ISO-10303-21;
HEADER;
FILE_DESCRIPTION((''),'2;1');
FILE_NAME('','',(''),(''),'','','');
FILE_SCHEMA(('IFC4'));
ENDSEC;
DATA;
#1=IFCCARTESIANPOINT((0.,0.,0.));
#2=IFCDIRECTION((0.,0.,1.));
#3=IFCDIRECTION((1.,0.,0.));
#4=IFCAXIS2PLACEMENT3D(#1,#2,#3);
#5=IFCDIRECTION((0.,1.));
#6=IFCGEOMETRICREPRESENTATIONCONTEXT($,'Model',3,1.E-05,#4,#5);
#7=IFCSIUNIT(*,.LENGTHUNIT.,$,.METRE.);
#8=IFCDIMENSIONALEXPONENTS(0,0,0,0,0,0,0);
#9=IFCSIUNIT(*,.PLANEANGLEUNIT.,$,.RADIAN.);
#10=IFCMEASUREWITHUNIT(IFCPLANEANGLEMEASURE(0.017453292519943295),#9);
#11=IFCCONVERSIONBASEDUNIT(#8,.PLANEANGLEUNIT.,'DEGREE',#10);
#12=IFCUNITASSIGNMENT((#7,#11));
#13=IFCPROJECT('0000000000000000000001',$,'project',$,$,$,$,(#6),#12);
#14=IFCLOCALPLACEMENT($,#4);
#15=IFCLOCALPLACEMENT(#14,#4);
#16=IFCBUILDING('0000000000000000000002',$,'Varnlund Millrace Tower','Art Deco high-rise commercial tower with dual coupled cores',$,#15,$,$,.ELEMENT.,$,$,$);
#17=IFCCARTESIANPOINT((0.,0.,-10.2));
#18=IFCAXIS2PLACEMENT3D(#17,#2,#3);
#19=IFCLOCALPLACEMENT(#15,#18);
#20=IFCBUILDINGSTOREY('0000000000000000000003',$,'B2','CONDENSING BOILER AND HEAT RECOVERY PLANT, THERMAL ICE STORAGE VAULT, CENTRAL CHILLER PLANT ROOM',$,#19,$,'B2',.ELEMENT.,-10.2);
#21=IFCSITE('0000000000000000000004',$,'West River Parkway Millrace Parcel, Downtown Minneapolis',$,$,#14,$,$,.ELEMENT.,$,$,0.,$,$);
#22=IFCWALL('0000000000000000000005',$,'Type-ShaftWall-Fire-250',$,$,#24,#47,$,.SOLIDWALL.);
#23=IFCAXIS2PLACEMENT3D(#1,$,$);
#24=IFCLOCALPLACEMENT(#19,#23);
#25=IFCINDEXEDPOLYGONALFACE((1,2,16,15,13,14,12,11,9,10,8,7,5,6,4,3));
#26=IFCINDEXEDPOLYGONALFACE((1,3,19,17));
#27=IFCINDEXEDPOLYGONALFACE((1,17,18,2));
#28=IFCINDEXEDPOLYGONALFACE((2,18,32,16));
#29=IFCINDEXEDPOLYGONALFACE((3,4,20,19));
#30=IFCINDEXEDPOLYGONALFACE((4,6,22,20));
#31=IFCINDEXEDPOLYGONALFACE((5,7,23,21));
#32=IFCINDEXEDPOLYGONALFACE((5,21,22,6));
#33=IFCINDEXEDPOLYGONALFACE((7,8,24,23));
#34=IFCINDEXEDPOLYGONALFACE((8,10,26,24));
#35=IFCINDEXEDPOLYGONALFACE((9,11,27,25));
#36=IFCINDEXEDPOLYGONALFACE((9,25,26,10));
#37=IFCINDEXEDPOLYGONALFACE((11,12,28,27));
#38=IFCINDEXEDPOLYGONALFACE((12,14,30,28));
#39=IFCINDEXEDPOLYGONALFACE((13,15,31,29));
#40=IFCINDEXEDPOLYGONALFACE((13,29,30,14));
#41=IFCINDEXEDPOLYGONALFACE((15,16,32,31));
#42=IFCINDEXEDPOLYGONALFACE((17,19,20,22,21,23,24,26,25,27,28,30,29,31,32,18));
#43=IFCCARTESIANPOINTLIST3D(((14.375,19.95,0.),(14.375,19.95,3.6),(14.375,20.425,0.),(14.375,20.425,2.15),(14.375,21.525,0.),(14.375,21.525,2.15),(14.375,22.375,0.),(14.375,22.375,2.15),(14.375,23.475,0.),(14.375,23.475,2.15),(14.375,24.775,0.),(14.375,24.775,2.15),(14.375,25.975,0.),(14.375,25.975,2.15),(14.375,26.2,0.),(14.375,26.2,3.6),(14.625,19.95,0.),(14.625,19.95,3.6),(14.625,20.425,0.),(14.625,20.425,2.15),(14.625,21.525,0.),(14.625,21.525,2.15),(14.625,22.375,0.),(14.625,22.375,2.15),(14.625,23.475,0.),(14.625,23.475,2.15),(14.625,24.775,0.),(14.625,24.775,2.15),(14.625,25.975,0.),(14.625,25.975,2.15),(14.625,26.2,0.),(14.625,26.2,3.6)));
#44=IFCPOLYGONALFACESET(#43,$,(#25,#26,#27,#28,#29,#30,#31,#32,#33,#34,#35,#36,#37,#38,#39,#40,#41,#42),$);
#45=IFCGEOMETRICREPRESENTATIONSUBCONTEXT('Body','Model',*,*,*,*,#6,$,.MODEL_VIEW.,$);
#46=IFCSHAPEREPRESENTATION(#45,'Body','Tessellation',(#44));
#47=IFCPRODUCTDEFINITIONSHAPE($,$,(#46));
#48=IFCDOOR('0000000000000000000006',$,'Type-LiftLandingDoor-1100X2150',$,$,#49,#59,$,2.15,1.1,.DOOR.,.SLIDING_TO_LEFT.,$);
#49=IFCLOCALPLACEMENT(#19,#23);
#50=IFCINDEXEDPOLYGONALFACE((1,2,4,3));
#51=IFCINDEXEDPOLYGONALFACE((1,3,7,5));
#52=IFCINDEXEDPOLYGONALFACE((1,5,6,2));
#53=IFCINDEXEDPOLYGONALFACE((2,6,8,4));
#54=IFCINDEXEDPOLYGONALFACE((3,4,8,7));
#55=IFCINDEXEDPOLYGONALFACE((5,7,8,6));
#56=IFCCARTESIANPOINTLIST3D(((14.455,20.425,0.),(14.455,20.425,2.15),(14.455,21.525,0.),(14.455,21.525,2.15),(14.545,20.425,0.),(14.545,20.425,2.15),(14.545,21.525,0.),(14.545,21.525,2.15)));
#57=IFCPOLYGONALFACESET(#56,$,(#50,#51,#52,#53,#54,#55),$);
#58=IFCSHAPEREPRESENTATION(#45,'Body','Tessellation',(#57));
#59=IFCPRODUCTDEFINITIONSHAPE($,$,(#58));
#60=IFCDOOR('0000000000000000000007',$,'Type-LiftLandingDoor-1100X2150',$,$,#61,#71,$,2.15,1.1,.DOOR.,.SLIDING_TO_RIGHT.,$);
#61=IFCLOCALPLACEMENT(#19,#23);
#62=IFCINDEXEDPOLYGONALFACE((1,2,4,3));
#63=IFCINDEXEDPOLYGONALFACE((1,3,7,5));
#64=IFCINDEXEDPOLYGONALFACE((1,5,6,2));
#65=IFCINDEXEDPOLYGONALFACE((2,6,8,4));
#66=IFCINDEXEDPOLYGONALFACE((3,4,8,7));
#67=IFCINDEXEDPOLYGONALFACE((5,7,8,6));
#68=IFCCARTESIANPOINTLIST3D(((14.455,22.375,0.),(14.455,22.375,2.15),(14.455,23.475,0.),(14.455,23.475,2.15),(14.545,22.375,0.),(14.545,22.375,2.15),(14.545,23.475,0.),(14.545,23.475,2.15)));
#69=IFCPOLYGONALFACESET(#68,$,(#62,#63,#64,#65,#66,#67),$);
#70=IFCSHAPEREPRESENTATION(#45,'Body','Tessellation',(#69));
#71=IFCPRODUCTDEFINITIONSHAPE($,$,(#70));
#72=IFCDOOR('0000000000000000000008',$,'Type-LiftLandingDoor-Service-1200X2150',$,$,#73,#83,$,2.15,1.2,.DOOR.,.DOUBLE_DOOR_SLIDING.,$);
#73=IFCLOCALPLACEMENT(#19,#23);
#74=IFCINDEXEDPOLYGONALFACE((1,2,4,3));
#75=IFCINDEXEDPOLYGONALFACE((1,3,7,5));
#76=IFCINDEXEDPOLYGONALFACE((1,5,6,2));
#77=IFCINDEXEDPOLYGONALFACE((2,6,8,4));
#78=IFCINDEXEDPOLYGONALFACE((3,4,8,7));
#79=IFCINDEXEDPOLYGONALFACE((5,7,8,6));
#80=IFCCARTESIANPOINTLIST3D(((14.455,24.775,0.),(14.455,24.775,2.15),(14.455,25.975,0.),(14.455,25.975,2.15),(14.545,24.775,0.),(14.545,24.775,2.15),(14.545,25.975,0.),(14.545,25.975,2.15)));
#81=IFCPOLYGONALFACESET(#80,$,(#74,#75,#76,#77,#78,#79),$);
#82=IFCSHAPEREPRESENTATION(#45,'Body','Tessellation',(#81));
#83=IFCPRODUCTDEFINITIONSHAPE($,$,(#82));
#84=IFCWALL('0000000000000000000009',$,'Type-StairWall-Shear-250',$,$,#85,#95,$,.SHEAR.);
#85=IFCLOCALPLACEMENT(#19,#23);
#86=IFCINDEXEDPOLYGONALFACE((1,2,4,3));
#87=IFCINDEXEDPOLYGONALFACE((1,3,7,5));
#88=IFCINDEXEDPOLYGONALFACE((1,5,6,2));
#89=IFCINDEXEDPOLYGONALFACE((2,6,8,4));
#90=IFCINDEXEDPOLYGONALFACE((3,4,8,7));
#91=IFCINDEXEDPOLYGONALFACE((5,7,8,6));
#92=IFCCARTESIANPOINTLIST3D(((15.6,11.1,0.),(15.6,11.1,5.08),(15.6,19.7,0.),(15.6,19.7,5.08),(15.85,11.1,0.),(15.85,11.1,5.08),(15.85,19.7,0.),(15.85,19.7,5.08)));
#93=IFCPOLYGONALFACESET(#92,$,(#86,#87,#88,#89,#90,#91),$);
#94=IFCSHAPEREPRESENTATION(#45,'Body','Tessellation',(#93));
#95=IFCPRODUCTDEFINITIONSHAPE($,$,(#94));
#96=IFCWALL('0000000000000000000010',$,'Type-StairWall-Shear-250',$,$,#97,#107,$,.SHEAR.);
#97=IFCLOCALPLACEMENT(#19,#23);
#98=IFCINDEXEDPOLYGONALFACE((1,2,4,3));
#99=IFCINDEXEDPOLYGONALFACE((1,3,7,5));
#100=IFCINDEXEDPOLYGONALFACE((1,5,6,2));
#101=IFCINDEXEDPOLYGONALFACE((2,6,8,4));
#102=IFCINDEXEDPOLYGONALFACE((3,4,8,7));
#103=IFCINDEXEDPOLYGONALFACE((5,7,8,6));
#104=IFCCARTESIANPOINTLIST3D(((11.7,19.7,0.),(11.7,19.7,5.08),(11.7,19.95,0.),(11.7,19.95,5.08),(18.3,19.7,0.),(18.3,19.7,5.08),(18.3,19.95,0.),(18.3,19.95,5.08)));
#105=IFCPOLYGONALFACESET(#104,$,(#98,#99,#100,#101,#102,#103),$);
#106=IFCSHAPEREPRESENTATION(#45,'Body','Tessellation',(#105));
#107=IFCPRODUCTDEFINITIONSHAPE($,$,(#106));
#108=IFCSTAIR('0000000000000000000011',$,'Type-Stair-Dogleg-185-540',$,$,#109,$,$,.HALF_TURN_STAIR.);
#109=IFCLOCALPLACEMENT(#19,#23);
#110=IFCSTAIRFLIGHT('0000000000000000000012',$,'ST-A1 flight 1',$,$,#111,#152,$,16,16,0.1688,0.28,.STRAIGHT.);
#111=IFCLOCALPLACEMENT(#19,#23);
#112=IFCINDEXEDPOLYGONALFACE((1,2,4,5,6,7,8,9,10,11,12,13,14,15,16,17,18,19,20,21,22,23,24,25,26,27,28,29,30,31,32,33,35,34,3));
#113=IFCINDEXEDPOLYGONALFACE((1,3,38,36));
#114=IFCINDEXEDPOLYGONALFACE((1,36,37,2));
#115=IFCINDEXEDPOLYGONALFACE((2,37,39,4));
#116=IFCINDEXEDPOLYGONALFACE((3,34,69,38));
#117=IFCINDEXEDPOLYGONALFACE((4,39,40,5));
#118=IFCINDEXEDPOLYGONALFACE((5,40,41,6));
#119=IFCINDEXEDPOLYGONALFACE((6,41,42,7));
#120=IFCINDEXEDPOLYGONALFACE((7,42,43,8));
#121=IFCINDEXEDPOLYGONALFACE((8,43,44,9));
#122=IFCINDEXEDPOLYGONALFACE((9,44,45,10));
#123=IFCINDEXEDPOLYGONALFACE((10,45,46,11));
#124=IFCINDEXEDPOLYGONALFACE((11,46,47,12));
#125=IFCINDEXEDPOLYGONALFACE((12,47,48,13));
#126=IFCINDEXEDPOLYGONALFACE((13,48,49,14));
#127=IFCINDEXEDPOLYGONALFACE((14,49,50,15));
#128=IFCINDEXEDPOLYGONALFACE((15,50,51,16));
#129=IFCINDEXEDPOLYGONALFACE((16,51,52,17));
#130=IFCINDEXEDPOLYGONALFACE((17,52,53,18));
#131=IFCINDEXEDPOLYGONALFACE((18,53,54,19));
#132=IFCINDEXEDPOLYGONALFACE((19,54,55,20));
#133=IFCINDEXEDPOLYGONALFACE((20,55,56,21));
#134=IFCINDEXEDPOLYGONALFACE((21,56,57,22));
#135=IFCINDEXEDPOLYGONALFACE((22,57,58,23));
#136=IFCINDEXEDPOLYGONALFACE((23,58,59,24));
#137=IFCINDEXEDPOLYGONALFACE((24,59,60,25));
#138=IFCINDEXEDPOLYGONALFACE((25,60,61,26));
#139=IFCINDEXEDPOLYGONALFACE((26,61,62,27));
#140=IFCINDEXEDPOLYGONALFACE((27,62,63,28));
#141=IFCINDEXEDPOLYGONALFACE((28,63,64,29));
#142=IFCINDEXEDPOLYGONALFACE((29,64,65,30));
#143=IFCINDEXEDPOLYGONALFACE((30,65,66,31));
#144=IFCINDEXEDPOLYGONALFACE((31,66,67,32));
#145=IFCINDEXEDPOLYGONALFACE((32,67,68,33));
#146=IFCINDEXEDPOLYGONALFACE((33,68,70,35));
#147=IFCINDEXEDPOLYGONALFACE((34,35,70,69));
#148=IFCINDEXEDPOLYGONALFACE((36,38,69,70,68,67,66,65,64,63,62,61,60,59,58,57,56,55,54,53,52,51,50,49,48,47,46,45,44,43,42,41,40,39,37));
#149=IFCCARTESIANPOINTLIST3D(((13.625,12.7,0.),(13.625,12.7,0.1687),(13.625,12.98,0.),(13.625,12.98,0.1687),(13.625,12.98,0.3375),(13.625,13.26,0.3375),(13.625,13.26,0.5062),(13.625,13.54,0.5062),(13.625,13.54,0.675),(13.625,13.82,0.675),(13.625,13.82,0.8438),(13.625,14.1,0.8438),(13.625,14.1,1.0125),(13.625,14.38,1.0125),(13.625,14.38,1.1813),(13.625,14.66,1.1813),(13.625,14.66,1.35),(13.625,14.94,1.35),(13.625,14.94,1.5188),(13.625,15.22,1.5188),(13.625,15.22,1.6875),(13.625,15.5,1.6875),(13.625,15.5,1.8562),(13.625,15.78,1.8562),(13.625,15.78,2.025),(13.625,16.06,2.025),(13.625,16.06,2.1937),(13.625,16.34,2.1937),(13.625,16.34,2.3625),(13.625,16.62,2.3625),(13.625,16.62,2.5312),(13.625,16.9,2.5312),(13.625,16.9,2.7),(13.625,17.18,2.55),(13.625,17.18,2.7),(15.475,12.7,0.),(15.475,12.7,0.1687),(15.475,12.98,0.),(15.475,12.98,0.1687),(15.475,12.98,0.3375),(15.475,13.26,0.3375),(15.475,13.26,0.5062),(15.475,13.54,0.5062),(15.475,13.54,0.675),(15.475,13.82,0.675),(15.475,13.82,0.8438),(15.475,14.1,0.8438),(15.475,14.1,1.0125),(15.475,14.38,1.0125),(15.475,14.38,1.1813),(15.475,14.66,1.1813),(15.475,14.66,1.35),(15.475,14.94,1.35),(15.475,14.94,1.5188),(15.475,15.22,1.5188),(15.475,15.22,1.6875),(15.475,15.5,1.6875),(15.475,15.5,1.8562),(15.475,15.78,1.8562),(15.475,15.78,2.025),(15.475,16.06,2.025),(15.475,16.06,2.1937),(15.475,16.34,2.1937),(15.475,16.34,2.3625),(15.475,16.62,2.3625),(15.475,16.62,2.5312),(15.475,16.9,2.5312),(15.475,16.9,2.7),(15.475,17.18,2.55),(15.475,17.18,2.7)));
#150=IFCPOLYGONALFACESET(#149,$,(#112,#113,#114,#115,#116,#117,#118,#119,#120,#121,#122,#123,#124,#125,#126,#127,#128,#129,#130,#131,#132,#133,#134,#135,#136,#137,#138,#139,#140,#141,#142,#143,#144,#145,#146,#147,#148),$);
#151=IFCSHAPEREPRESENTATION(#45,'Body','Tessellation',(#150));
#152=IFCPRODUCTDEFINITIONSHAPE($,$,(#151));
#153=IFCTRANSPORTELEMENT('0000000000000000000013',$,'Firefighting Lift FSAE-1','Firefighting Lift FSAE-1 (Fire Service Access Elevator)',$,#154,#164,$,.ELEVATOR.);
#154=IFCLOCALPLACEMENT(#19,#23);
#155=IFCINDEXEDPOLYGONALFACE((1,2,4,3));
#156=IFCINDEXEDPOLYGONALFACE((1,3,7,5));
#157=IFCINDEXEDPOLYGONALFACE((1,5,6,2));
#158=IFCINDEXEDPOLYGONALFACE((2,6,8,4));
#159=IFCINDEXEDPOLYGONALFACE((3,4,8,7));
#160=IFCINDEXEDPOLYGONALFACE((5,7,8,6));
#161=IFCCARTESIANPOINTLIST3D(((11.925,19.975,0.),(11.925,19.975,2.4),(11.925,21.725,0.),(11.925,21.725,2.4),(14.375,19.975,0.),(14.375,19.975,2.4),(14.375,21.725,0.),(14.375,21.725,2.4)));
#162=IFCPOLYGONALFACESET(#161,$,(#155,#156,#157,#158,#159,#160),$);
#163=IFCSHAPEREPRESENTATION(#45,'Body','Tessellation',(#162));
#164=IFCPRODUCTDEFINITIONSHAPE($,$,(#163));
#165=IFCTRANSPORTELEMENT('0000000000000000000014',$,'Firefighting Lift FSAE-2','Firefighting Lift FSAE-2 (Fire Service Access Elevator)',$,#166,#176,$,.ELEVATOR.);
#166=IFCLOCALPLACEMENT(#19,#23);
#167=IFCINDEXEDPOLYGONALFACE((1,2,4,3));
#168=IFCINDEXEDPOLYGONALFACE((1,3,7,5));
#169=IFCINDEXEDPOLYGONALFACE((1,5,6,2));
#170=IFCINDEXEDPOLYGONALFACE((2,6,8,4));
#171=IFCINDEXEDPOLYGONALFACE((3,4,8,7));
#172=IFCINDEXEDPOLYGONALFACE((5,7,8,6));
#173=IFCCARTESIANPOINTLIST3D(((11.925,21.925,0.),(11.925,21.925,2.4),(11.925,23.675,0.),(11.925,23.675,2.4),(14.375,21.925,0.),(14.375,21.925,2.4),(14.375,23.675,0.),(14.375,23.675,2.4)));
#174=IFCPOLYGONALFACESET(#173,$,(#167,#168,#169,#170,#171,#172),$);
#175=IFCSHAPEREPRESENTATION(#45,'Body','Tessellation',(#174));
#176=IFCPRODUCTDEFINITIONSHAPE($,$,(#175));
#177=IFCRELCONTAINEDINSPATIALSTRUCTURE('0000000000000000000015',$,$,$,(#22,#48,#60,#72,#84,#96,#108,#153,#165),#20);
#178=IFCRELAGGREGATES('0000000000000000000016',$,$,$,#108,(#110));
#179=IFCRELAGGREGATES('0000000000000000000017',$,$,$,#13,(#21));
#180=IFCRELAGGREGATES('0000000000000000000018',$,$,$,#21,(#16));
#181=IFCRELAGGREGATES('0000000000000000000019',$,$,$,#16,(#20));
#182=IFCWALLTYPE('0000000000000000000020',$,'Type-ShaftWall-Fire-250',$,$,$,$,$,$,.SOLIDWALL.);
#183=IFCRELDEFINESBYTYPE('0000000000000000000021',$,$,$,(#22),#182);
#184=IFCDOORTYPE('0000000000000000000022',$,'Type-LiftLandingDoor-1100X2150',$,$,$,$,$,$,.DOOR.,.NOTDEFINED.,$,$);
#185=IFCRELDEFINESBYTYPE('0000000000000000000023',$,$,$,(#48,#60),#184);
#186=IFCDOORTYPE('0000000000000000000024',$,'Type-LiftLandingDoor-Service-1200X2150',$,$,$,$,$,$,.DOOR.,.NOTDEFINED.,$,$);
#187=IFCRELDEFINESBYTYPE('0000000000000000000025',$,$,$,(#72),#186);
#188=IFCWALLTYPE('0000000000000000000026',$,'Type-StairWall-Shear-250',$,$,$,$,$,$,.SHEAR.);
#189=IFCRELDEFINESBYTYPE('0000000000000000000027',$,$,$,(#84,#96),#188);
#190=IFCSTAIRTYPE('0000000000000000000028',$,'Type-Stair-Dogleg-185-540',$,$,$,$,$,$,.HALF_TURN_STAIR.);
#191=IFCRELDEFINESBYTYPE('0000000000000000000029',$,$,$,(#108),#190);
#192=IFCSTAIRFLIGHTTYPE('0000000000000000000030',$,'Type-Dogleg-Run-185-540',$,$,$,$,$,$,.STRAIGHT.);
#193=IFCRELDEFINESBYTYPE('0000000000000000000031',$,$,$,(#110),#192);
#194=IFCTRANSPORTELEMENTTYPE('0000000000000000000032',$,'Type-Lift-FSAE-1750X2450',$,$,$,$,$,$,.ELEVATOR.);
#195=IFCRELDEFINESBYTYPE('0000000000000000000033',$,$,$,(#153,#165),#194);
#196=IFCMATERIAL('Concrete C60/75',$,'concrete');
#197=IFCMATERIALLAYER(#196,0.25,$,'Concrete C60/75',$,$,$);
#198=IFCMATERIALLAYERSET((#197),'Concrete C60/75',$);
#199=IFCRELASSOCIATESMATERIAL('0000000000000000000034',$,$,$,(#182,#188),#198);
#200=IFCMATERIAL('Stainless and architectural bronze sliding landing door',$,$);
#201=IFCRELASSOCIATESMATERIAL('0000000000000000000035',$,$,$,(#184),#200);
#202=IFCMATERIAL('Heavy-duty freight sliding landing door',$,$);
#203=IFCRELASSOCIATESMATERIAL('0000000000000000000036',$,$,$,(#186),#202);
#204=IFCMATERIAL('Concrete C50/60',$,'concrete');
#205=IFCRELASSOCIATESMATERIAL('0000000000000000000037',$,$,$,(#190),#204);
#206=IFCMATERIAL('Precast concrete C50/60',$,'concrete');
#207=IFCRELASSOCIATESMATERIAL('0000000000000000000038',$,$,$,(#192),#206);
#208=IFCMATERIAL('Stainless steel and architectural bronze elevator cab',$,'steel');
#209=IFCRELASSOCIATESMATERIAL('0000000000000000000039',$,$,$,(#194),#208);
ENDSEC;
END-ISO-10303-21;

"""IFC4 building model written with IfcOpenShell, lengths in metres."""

from ifc_helpers import new_model, entity, si_unit, converted_unit, direction, frame, origin_with_axes, origin_2d_with_axis, place, context, subcontext, project, spatial, polyline, rectangle, outline, extrude, material, layer, layer_set, type_object, element, fill, aggregate, save


model = new_model("IFC4")

# Units and contexts
model_context = context("Model", 3, precision=1e-05, world=origin_with_axes(), true_north=direction((0.0, 1.0)))
body_context = subcontext(model_context, "Body", "Model", "MODEL_VIEW")
ifc_project = project(units=[si_unit("LENGTHUNIT", "METRE"), converted_unit("PLANEANGLEUNIT", "DEGREE", entity("IfcPlaneAngleMeasure", 0.017453292519943295), si_unit("PLANEANGLEUNIT", "RADIAN"), dimensions=[0, 0, 0, 0, 0, 0, 0])], contexts=[model_context])

# Site, building, storey
site_placement = place(None, origin_with_axes())
site = spatial("IfcSite", under=ifc_project, at=site_placement, Name="West River Parkway Millrace Parcel, Downtown Minneapolis", CompositionType="ELEMENT", RefElevation=0.0)
building_placement = place(site_placement, origin_with_axes())
building = spatial("IfcBuilding", under=site, at=building_placement, Name="Varnlund Millrace Tower", Description="Art Deco high-rise commercial tower with dual coupled cores", CompositionType="ELEMENT")
storey_placement = place(building_placement, frame((0.0, 0.0, -10.2), z_axis=(0.0, 0.0, 1.0), x_axis=(1.0, 0.0, 0.0)))
storey = spatial("IfcBuildingStorey", under=building, at=storey_placement, Name="B2", Description="CONDENSING BOILER AND HEAT RECOVERY PLANT, THERMAL ICE STORAGE VAULT, CENTRAL CHILLER PLANT ROOM", LongName="B2", CompositionType="ELEMENT", Elevation=-10.2)

# Wall, openings, doors
ifc_material_1 = material(Name="Concrete C60/75", Category="concrete")
ifc_layer_1 = layer(ifc_material_1, 0.25, Name="Concrete C60/75")
ifc_layer_set_1 = layer_set([ifc_layer_1], Name="Concrete C60/75")
wall_type_1 = type_object("IfcWallType", Name="Type-ShaftWall-Fire-250", PredefinedType="SOLIDWALL", material=ifc_layer_set_1)
wall_1_placement = place(storey_placement, frame((14.5, 19.95, 0.0), z_axis=(0.0, 0.0, 1.0), x_axis=(0.0, 1.0, 0.0)))
wall_1 = element("IfcWall", 1, at=wall_1_placement, inside=storey, type_object=wall_type_1, Name="Type-ShaftWall-Fire-250", PredefinedType="SOLIDWALL", context=body_context, shape_type="SweptSolid", body=[
    extrude(outline(polyline([(0.0, -0.125), (6.25, -0.125), (6.25, 0.125), (0.0, 0.125), (0.0, -0.125)])), origin_with_axes(), (0.0, 0.0, 1.0), 3.6),
])
opening_1_placement = place(wall_1_placement, frame((1.025, 0.0, 0.0), z_axis=(0.0, 0.0, 1.0), x_axis=(1.0, 0.0, 0.0)))
opening_1 = element("IfcOpeningElement", 2, at=opening_1_placement, cuts=wall_1, PredefinedType="OPENING", context=body_context, shape_type="SweptSolid", body=[
    extrude(rectangle(XDim=1.1, YDim=0.27, at=origin_2d_with_axis()), origin_with_axes(), (0.0, 0.0, 1.0), 2.15),
])
opening_2_placement = place(wall_1_placement, frame((2.975, 0.0, 0.0), z_axis=(0.0, 0.0, 1.0), x_axis=(1.0, 0.0, 0.0)))
opening_2 = element("IfcOpeningElement", 3, at=opening_2_placement, cuts=wall_1, PredefinedType="OPENING", context=body_context, shape_type="SweptSolid", body=[
    extrude(rectangle(XDim=1.1, YDim=0.27, at=origin_2d_with_axis()), origin_with_axes(), (0.0, 0.0, 1.0), 2.15),
])
opening_3_placement = place(wall_1_placement, frame((5.425, 0.0, 0.0), z_axis=(0.0, 0.0, 1.0), x_axis=(1.0, 0.0, 0.0)))
opening_3 = element("IfcOpeningElement", 4, at=opening_3_placement, cuts=wall_1, PredefinedType="OPENING", context=body_context, shape_type="SweptSolid", body=[
    extrude(rectangle(XDim=1.2, YDim=0.27, at=origin_2d_with_axis()), origin_with_axes(), (0.0, 0.0, 1.0), 2.15),
])
ifc_material_2 = material(Name="Stainless and architectural bronze sliding landing door")
door_type_1 = type_object("IfcDoorType", Name="Type-LiftLandingDoor-1100X2150", OperationType="NOTDEFINED", PredefinedType="DOOR", material=ifc_material_2)
door_1_placement = place(wall_1_placement, frame((1.025, 0.0, 0.0), z_axis=(0.0, 0.0, 1.0), x_axis=(1.0, 0.0, 0.0)))
door_1 = element("IfcDoor", 5, at=door_1_placement, inside=storey, type_object=door_type_1, Name="Type-LiftLandingDoor-1100X2150", OperationType="SLIDING_TO_LEFT", OverallHeight=2.15, OverallWidth=1.1, PredefinedType="DOOR", context=body_context, shape_type="SweptSolid", body=[
    extrude(rectangle(XDim=1.1, YDim=0.09, at=origin_2d_with_axis()), origin_with_axes(), (0.0, 0.0, 1.0), 2.15),
])
fill(opening_1, door_1)
door_2_placement = place(wall_1_placement, frame((2.975, 0.0, 0.0), z_axis=(0.0, 0.0, 1.0), x_axis=(1.0, 0.0, 0.0)))
door_2 = element("IfcDoor", 6, at=door_2_placement, inside=storey, type_object=door_type_1, Name="Type-LiftLandingDoor-1100X2150", OperationType="SLIDING_TO_RIGHT", OverallHeight=2.15, OverallWidth=1.1, PredefinedType="DOOR", context=body_context, shape_type="SweptSolid", body=[
    extrude(rectangle(XDim=1.1, YDim=0.09, at=origin_2d_with_axis()), origin_with_axes(), (0.0, 0.0, 1.0), 2.15),
])
fill(opening_2, door_2)
ifc_material_3 = material(Name="Heavy-duty freight sliding landing door")
door_type_2 = type_object("IfcDoorType", Name="Type-LiftLandingDoor-Service-1200X2150", OperationType="NOTDEFINED", PredefinedType="DOOR", material=ifc_material_3)
door_3_placement = place(wall_1_placement, frame((5.425, 0.0, 0.0), z_axis=(0.0, 0.0, 1.0), x_axis=(1.0, 0.0, 0.0)))
door_3 = element("IfcDoor", 7, at=door_3_placement, inside=storey, type_object=door_type_2, Name="Type-LiftLandingDoor-Service-1200X2150", OperationType="DOUBLE_DOOR_SLIDING", OverallHeight=2.15, OverallWidth=1.2, PredefinedType="DOOR", context=body_context, shape_type="SweptSolid", body=[
    extrude(rectangle(XDim=1.2, YDim=0.09, at=origin_2d_with_axis()), origin_with_axes(), (0.0, 0.0, 1.0), 2.15),
])
fill(opening_3, door_3)

# Walls
wall_type_2 = type_object("IfcWallType", Name="Type-StairWall-Shear-250", PredefinedType="SHEAR", material=ifc_layer_set_1)
wall_2_placement = place(storey_placement, frame((15.725, 11.1, 0.0), z_axis=(0.0, 0.0, 1.0), x_axis=(0.0, 1.0, 0.0)))
element("IfcWall", 8, at=wall_2_placement, inside=storey, type_object=wall_type_2, Name="Type-StairWall-Shear-250", PredefinedType="SHEAR", context=body_context, shape_type="SweptSolid", body=[
    extrude(outline(polyline([(0.0, -0.125), (8.6, -0.125), (8.6, 0.125), (0.0, 0.125), (0.0, -0.125)])), origin_with_axes(), (0.0, 0.0, 1.0), 5.08),
])
wall_3_placement = place(storey_placement, frame((11.7, 19.825, 0.0), z_axis=(0.0, 0.0, 1.0), x_axis=(1.0, 0.0, 0.0)))
element("IfcWall", 9, at=wall_3_placement, inside=storey, type_object=wall_type_2, Name="Type-StairWall-Shear-250", PredefinedType="SHEAR", context=body_context, shape_type="SweptSolid", body=[
    extrude(outline(polyline([(0.0, -0.125), (6.6, -0.125), (6.6, 0.125), (0.0, 0.125), (0.0, -0.125)])), origin_with_axes(), (0.0, 0.0, 1.0), 5.08),
])

# Stair, stair flight
ifc_material_4 = material(Name="Concrete C50/60", Category="concrete")
stair_type = type_object("IfcStairType", Name="Type-Stair-Dogleg-185-540", PredefinedType="HALF_TURN_STAIR", material=ifc_material_4)
stair_placement = place(storey_placement, origin_with_axes())
stair = element("IfcStair", 10, at=stair_placement, inside=storey, type_object=stair_type, Name="Type-Stair-Dogleg-185-540", PredefinedType="HALF_TURN_STAIR")
ifc_material_5 = material(Name="Precast concrete C50/60", Category="concrete")
stair_flight_type = type_object("IfcStairFlightType", Name="Type-Dogleg-Run-185-540", PredefinedType="STRAIGHT", material=ifc_material_5)
stair_flight_placement = place(storey_placement, frame((13.625, 12.7, 0.0), z_axis=(1.0, 0.0, 0.0), x_axis=(0.0, 1.0, 0.0)))
stair_flight = element("IfcStairFlight", 11, at=stair_flight_placement, type_object=stair_flight_type, Name="ST-A1 flight 1", NumberOfRisers=16, NumberOfTreads=16, PredefinedType="STRAIGHT", RiserHeight=0.1688, TreadLength=0.28, context=body_context, shape_type="SweptSolid", body=[
    extrude(outline(polyline([(0.0, 0.0), (0.0, 0.1688), (0.28, 0.1688), (0.28, 0.3375), (0.56, 0.3375), (0.56, 0.5062), (0.84, 0.5062), (0.84, 0.675), (1.12, 0.675), (1.12, 0.8438), (1.4, 0.8438), (1.4, 1.0125), (1.68, 1.0125), (1.68, 1.1812), (1.96, 1.1812), (1.96, 1.35), (2.24, 1.35), (2.24, 1.5188), (2.52, 1.5188), (2.52, 1.6875), (2.8, 1.6875), (2.8, 1.8562), (3.08, 1.8562), (3.08, 2.025), (3.36, 2.025), (3.36, 2.1938), (3.64, 2.1938), (3.64, 2.3625), (3.92, 2.3625), (3.92, 2.5312), (4.2, 2.5312), (4.2, 2.7), (4.48, 2.7), (4.48, 2.55), (0.28, 0.0), (0.0, 0.0)])), origin_with_axes(), (0.0, 0.0, 1.0), 1.85),
])
aggregate(stair, [stair_flight])

# Transport elements
ifc_material_6 = material(Name="Stainless steel and architectural bronze elevator cab", Category="steel")
transport_element_type = type_object("IfcTransportElementType", Name="Type-Lift-FSAE-1750X2450", PredefinedType="ELEVATOR", material=ifc_material_6)
for number, where, z_axis, x_axis, name, description in (
    (12, (13.15, 20.85, 0.0), (0.0, 0.0, 1.0), (1.0, 0.0, 0.0), "Firefighting Lift FSAE-1", "Firefighting Lift FSAE-1 (Fire Service Access Elevator)"),
    (13, (13.15, 22.8, 0.0), (0.0, 0.0, 1.0), (1.0, 0.0, 0.0), "Firefighting Lift FSAE-2", "Firefighting Lift FSAE-2 (Fire Service Access Elevator)"),
):
    element("IfcTransportElement", number, at=place(storey_placement, frame(where, z_axis=z_axis, x_axis=x_axis)), inside=storey, type_object=transport_element_type, Name=name, Description=description, PredefinedType="ELEVATOR", context=body_context, shape_type="SweptSolid", body=[
        extrude(rectangle(XDim=2.45, YDim=1.75, at=origin_2d_with_axis()), origin_with_axes(), (0.0, 0.0, 1.0), 2.4),
    ])

save(model, "model.ifc")
